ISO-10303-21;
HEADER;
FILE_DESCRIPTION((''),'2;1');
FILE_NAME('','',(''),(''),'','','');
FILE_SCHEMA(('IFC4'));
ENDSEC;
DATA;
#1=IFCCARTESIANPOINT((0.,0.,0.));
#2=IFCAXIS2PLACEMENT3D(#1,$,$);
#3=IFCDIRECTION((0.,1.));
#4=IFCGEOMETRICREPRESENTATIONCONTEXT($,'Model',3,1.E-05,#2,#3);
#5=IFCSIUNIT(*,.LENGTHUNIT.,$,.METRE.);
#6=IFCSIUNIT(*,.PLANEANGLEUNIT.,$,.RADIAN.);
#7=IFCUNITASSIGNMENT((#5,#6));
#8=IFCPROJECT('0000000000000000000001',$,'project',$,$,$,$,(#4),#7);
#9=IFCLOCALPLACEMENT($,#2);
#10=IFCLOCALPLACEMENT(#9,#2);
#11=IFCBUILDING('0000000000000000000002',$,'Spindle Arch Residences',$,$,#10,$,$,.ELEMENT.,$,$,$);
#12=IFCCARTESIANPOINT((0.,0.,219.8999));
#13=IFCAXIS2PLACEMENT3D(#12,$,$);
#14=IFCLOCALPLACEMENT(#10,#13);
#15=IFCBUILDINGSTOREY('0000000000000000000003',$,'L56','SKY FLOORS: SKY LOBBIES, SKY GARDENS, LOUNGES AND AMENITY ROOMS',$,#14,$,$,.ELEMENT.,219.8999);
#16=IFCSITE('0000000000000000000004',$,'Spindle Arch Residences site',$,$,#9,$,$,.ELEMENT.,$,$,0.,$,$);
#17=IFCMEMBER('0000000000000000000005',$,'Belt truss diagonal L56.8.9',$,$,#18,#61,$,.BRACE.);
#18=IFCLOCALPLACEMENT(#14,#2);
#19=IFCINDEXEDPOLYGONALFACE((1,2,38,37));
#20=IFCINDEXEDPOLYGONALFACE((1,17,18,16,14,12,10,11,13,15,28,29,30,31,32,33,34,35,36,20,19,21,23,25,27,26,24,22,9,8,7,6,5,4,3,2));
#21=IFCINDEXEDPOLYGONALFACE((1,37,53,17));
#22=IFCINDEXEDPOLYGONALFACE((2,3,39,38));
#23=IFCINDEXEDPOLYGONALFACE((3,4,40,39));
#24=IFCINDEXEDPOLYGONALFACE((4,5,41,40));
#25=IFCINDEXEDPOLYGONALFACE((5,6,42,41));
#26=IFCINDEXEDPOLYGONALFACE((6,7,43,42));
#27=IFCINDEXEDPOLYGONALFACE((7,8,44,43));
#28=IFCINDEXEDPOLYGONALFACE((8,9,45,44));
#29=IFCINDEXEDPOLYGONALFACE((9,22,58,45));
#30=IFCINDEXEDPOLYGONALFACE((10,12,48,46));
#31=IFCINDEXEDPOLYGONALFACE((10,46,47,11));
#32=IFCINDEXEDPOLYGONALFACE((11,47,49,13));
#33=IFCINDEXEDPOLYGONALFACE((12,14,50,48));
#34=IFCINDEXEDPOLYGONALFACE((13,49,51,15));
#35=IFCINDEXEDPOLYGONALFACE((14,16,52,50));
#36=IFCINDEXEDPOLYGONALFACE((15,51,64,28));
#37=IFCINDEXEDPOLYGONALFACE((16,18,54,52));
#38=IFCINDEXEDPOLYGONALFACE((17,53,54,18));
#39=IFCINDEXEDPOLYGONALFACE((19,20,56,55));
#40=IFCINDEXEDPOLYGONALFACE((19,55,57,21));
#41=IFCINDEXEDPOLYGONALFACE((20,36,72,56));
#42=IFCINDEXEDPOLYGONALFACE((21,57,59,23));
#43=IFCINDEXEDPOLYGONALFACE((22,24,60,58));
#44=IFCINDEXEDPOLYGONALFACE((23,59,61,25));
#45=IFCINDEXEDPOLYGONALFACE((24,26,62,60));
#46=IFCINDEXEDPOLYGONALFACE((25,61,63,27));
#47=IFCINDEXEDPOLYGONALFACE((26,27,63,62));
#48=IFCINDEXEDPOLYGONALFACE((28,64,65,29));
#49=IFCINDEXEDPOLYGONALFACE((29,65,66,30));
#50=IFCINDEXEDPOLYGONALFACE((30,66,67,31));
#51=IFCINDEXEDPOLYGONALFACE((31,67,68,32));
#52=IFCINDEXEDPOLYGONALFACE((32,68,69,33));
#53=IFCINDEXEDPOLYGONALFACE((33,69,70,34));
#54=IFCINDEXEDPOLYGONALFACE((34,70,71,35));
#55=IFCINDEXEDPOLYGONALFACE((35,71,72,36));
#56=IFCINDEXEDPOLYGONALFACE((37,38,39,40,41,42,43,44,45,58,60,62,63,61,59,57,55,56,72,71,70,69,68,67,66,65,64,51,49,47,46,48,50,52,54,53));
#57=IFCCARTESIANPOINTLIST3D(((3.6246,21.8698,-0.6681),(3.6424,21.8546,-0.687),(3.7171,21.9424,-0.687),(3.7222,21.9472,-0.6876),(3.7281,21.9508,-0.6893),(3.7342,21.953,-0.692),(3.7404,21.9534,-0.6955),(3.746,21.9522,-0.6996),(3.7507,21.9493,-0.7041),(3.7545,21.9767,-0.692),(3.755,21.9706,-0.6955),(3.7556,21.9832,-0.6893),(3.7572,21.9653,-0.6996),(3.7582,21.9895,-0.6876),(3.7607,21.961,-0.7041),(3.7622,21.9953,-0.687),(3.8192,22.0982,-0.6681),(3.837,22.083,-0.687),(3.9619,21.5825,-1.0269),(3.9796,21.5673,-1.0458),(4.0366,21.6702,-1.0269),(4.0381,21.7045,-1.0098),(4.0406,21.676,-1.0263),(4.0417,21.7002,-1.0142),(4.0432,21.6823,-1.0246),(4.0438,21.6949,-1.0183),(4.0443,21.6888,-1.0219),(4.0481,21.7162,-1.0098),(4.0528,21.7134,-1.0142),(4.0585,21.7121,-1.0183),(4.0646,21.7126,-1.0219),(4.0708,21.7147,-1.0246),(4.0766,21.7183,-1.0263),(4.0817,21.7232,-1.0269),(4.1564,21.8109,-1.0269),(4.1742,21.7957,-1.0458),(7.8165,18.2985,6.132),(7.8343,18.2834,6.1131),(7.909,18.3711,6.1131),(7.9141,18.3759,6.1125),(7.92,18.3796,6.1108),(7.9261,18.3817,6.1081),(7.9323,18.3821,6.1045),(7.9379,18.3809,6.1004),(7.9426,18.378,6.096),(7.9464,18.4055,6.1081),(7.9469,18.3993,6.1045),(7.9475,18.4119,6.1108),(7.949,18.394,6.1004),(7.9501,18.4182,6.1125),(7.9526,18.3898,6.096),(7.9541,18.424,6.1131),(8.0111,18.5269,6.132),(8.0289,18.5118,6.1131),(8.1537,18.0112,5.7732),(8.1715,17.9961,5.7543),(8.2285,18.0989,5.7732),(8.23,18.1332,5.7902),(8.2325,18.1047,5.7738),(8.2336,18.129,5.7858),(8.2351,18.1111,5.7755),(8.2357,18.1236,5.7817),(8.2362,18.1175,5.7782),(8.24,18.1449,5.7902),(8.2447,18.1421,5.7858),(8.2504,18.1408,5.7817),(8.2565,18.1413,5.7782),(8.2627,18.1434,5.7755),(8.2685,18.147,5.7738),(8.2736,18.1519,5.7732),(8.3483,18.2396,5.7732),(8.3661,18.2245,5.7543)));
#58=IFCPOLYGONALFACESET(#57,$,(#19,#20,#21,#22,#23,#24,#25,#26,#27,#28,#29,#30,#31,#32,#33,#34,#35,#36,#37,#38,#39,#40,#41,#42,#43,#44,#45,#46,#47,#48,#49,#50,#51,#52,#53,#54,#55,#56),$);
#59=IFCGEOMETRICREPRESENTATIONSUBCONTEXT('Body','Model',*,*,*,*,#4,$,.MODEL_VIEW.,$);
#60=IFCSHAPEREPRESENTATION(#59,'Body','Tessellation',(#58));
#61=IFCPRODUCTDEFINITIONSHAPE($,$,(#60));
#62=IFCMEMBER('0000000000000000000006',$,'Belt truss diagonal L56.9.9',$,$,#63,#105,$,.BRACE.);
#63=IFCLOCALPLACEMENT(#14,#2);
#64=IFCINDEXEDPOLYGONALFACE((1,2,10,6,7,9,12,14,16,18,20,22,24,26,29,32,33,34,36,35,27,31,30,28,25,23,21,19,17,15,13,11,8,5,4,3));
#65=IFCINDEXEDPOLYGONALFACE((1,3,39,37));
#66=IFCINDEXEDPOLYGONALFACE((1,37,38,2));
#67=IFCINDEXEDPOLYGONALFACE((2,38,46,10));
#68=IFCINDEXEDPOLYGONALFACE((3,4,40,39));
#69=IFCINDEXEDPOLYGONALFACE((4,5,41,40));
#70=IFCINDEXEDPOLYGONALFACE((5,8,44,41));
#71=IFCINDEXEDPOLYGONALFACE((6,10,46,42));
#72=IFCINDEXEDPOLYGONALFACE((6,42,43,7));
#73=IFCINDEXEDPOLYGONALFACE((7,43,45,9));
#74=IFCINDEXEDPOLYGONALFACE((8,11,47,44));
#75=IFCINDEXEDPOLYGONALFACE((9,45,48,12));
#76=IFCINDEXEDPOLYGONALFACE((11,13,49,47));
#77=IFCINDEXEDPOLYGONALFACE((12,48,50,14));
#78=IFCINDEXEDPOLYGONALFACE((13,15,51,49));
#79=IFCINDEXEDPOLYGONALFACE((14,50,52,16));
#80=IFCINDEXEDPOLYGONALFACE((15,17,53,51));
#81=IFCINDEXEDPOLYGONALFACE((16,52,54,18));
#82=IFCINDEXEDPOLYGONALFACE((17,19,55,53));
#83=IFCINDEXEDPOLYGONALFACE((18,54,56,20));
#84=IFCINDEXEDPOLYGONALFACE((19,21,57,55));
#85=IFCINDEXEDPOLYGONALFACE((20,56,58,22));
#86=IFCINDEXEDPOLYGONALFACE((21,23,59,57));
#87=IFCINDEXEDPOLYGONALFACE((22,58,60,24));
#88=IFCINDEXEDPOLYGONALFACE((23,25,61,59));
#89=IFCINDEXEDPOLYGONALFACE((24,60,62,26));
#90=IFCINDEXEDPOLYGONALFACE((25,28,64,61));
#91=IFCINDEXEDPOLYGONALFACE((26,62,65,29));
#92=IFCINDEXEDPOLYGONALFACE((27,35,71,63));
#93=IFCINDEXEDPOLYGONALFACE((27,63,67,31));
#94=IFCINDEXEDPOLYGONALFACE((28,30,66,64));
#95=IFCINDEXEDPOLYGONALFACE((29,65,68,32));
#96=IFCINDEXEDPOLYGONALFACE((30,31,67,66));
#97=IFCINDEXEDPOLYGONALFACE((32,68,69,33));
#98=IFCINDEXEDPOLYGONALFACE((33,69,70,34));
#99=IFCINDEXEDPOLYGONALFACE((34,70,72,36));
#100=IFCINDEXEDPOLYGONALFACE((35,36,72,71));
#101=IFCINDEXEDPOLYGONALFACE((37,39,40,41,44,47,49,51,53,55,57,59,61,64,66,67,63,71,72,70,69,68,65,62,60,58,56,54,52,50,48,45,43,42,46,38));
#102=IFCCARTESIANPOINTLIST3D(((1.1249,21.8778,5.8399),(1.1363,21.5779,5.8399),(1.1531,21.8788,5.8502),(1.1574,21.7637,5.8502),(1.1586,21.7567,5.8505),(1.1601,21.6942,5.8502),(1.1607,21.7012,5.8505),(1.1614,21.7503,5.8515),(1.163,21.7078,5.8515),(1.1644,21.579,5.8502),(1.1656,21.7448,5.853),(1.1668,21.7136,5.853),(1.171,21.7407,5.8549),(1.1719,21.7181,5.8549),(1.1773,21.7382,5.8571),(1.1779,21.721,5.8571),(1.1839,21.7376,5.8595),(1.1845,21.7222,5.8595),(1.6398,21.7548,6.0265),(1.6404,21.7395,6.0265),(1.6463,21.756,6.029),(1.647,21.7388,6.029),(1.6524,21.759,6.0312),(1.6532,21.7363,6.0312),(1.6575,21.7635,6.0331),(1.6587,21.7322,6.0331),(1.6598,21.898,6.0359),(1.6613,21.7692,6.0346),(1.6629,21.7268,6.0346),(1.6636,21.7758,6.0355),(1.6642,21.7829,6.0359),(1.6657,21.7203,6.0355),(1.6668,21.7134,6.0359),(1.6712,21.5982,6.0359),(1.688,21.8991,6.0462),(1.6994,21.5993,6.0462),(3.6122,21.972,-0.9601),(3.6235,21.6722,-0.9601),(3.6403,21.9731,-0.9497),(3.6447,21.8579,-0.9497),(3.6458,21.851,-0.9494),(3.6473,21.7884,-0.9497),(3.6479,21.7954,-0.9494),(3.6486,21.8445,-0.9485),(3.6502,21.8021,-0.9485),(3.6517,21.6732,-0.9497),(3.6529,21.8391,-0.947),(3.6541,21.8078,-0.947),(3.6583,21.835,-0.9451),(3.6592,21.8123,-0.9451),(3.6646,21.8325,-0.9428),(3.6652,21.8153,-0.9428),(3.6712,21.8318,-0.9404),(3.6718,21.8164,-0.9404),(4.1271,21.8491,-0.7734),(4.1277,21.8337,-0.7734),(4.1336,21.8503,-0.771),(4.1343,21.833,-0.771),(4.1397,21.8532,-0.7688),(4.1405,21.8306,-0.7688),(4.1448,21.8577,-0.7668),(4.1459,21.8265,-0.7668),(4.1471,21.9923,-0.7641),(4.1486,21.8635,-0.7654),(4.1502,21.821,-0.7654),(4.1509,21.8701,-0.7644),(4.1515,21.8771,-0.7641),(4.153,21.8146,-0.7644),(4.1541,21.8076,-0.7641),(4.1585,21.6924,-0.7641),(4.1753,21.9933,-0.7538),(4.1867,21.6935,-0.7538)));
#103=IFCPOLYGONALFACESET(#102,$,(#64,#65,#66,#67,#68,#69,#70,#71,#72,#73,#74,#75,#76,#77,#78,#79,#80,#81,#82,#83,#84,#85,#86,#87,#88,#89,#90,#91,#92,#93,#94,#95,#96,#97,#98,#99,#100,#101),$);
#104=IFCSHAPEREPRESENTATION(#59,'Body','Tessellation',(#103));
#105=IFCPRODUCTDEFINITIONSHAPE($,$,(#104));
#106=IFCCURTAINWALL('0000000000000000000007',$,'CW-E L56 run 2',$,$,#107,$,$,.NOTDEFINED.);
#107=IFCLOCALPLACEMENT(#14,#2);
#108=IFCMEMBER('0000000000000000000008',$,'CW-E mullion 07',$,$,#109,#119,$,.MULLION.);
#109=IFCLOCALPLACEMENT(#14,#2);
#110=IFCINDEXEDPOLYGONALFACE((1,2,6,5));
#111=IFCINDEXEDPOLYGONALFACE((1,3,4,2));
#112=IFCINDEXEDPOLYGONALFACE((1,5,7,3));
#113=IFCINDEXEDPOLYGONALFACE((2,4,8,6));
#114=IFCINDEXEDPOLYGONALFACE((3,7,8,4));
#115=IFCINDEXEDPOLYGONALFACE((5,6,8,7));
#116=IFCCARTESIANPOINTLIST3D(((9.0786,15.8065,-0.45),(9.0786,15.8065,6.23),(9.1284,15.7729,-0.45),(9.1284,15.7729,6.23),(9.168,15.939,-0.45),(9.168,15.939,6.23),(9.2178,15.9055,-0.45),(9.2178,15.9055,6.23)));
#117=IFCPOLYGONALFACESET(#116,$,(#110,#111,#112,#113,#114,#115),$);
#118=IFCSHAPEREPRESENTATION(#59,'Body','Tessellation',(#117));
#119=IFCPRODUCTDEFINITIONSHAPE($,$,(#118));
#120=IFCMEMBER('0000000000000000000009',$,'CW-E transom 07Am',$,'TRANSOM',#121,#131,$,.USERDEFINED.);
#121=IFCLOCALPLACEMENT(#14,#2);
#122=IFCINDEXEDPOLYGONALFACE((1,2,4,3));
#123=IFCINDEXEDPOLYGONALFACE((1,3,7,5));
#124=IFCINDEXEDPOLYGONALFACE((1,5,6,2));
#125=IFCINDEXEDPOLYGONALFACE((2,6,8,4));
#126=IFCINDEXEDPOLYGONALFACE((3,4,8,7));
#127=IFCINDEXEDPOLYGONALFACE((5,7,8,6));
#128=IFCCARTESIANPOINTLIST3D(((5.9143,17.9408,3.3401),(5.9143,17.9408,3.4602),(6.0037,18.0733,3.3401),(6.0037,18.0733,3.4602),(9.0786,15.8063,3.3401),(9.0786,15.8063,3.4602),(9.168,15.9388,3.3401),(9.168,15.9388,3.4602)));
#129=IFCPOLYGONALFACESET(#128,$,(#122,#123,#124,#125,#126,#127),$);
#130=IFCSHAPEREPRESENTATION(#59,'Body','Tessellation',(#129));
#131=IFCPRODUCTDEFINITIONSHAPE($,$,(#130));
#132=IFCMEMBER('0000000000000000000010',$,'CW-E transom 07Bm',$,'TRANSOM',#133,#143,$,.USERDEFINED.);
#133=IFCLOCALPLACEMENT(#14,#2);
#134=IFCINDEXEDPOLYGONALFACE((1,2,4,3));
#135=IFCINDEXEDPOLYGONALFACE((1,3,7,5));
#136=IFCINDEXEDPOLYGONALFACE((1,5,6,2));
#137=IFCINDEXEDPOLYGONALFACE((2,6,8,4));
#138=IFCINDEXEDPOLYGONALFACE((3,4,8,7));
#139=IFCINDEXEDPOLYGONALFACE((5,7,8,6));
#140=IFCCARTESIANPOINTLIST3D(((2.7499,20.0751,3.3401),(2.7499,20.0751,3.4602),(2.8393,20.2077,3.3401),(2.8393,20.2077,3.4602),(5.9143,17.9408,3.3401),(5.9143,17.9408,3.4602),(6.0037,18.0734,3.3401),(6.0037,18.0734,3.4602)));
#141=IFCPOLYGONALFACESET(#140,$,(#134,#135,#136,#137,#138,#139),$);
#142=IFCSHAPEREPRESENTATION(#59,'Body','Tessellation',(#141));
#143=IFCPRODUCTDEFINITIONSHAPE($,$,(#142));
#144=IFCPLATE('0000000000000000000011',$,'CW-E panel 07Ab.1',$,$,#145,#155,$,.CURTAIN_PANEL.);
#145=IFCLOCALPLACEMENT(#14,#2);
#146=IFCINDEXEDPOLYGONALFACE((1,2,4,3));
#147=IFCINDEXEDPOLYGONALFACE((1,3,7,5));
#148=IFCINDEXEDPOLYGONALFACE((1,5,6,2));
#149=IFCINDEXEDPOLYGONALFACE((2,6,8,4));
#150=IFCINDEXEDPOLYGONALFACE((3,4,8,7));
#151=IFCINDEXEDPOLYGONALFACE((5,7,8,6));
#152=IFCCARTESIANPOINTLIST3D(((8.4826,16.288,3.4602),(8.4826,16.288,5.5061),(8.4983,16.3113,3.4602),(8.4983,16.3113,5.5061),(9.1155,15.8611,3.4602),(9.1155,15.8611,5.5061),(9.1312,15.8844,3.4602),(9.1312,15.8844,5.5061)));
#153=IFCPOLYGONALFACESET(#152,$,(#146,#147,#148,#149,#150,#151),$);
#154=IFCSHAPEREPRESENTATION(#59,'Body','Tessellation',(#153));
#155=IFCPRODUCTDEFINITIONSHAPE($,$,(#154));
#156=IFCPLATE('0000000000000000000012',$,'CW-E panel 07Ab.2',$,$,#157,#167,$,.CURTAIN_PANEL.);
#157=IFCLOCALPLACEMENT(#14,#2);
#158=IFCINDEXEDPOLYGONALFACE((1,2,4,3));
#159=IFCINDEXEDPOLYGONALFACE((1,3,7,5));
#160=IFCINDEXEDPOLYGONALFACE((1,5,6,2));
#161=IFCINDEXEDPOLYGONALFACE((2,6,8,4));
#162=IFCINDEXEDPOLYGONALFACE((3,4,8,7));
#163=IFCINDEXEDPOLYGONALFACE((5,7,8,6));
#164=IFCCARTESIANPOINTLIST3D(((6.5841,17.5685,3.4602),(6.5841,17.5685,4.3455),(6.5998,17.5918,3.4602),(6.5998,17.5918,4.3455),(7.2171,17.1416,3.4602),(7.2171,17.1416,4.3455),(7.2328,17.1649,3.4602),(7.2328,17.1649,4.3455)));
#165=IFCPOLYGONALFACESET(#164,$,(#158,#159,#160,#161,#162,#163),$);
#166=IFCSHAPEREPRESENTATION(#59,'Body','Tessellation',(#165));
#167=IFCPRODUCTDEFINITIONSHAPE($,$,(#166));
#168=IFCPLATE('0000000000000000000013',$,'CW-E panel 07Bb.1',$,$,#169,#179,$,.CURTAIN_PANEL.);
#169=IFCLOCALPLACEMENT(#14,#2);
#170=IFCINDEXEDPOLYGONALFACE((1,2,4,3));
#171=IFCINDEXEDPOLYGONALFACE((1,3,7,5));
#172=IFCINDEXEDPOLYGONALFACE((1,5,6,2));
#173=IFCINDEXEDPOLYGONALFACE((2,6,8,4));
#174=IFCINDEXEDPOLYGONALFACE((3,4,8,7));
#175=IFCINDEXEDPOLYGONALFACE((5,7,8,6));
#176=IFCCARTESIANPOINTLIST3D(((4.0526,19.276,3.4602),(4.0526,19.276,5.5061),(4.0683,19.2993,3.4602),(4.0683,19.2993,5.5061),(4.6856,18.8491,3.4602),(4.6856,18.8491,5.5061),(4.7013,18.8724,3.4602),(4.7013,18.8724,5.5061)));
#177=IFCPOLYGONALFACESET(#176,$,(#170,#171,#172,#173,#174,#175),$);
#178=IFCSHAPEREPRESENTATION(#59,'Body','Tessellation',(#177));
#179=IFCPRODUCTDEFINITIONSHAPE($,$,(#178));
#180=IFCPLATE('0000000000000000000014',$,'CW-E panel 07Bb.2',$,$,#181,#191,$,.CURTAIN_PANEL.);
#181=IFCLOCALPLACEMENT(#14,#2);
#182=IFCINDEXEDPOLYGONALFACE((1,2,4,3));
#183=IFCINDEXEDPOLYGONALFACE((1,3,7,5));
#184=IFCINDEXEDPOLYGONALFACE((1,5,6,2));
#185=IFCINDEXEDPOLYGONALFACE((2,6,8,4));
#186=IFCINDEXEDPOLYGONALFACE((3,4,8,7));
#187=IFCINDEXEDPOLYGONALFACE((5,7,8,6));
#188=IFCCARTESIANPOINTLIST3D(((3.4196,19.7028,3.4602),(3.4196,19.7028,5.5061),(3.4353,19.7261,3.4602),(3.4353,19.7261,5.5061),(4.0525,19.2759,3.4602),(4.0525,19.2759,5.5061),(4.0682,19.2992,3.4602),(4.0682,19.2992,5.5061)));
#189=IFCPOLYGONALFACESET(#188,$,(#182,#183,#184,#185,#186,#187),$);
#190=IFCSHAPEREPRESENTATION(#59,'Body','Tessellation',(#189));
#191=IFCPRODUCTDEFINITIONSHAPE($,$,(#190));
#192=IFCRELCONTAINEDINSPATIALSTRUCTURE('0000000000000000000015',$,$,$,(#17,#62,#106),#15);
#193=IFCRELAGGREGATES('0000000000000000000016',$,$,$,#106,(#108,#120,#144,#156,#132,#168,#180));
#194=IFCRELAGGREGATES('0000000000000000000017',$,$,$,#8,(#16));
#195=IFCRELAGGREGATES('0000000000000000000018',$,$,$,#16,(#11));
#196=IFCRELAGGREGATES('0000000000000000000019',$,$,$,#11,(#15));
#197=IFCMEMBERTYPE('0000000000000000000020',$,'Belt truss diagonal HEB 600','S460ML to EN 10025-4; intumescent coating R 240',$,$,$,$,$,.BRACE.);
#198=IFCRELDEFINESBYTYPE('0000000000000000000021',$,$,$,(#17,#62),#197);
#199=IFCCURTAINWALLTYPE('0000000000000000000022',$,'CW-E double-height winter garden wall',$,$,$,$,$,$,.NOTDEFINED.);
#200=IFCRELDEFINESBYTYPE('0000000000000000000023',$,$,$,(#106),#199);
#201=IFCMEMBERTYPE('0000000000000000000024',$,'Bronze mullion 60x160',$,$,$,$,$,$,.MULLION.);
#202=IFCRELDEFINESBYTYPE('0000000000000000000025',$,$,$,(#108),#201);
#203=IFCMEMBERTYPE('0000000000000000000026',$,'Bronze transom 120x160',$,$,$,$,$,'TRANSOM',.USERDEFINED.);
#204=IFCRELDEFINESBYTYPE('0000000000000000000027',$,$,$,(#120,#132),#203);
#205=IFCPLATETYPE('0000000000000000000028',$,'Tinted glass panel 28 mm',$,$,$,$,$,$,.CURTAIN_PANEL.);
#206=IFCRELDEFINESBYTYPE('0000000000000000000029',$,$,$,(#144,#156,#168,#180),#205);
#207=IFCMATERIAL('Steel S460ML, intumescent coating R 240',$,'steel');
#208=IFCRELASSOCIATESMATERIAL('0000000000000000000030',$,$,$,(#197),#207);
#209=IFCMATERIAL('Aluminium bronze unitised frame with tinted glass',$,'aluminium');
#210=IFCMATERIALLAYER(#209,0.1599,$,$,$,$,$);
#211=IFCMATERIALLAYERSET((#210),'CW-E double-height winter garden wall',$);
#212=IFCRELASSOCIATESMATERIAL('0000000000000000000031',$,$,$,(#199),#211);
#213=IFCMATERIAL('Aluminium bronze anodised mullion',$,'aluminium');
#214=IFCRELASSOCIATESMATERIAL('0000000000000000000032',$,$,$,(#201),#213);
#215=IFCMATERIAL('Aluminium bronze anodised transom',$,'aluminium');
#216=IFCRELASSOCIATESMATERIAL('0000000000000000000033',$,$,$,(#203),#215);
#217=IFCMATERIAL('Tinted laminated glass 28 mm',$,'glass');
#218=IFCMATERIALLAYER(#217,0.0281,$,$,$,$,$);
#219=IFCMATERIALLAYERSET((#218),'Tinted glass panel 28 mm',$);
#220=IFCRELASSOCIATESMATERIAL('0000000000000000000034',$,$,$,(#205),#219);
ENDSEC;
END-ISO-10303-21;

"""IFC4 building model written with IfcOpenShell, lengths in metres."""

from ifc_helpers import new_model, si_unit, direction, frame, origin, origin_2d, place, context, subcontext, project, spatial, rectangle, i_section, extrude, material, layer, layer_set, material_profile, profile_set, type_object, element, aggregate, save


model = new_model("IFC4")

# Units and contexts
model_context = context("Model", 3, precision=1e-05, world=origin(), true_north=direction((0.0, 1.0)))
body_context = subcontext(model_context, "Body", "Model", "MODEL_VIEW")
ifc_project = project(units=[si_unit("LENGTHUNIT", "METRE"), si_unit("PLANEANGLEUNIT", "RADIAN")], contexts=[model_context])

# Site, building, storey
site_placement = place(None, origin())
site = spatial("IfcSite", under=ifc_project, at=site_placement, Name="Spindle Arch Residences site", CompositionType="ELEMENT", RefElevation=0.0)
building_placement = place(site_placement, origin())
building = spatial("IfcBuilding", under=site, at=building_placement, Name="Spindle Arch Residences", CompositionType="ELEMENT")
storey_placement = place(building_placement, frame((0.0, 0.0, 219.8999)))
storey = spatial("IfcBuildingStorey", under=building, at=storey_placement, Name="L56", Description="SKY FLOORS: SKY LOBBIES, SKY GARDENS, LOUNGES AND AMENITY ROOMS", CompositionType="ELEMENT", Elevation=219.8999)

# Members
ifc_material_1 = material(Name="Steel S460ML, intumescent coating R 240", Category="steel")
ifc_material_profile_1 = material_profile(ifc_material_1, i_section(OverallWidth=0.3, OverallDepth=0.6001, WebThickness=0.0154, FlangeThickness=0.03, FilletRadius=0.0271, at=origin_2d()), Name="HEB 600")
ifc_profile_set_1 = profile_set([ifc_material_profile_1], Name="Steel S460ML, intumescent coating R 240")
member_type_1 = type_object("IfcMemberType", Name="Belt truss diagonal HEB 600", Description="S460ML to EN 10025-4; intumescent coating R 240", PredefinedType="BRACE", material=ifc_profile_set_1)
member_1_placement = place(storey_placement, frame((3.8994, 21.8328, -0.8569), z_axis=(0.47906, -0.408136, 0.777127), x_axis=(0.64851, 0.761206, 0.0)))
element("IfcMember", 1, at=member_1_placement, inside=storey, type_object=member_type_1, Name="Belt truss diagonal L56.8.9", PredefinedType="BRACE", context=body_context, shape_type="SweptSolid", body=[
    extrude(i_section(OverallWidth=0.3, OverallDepth=0.6001, WebThickness=0.0154, FlangeThickness=0.03, FilletRadius=0.0271, at=origin_2d()), origin(), (0.0, 0.0, 1.0), 8.7502),
])
member_2_placement = place(storey_placement, frame((3.8994, 21.8328, -0.8569), z_axis=(-0.343489, -0.013014, 0.939066), x_axis=(0.037861, -0.999283, 0.0)))
element("IfcMember", 2, at=member_2_placement, inside=storey, type_object=member_type_1, Name="Belt truss diagonal L56.9.9", PredefinedType="BRACE", context=body_context, shape_type="SweptSolid", body=[
    extrude(i_section(OverallWidth=0.3, OverallDepth=0.6001, WebThickness=0.0154, FlangeThickness=0.03, FilletRadius=0.0271, at=origin_2d()), origin(), (0.0, 0.0, 1.0), 7.2412),
])

# Curtain wall, members, plates
ifc_material_2 = material(Name="Aluminium bronze unitised frame with tinted glass", Category="aluminium")
ifc_layer_1 = layer(ifc_material_2, 0.1599)
ifc_layer_set_1 = layer_set([ifc_layer_1], Name="CW-E double-height winter garden wall")
curtain_wall_type = type_object("IfcCurtainWallType", Name="CW-E double-height winter garden wall", PredefinedType="NOTDEFINED", material=ifc_layer_set_1)
curtain_wall_placement = place(storey_placement, origin())
curtain_wall = element("IfcCurtainWall", 3, at=curtain_wall_placement, inside=storey, type_object=curtain_wall_type, Name="CW-E L56 run 2", PredefinedType="NOTDEFINED")
ifc_material_3 = material(Name="Aluminium bronze anodised mullion", Category="aluminium")
ifc_material_profile_2 = material_profile(ifc_material_3, rectangle(XDim=0.1599, YDim=0.0601, at=origin_2d()), Name="MU 60x160")
ifc_profile_set_2 = profile_set([ifc_material_profile_2], Name="Aluminium bronze anodised mullion")
member_type_2 = type_object("IfcMemberType", Name="Bronze mullion 60x160", PredefinedType="MULLION", material=ifc_profile_set_2)
member_3_placement = place(storey_placement, frame((9.1482, 15.856, -0.45), z_axis=(0.0, 0.0, 1.0), x_axis=(-0.559193, -0.829038, 0.0)))
member_3 = element("IfcMember", 4, at=member_3_placement, type_object=member_type_2, Name="CW-E mullion 07", PredefinedType="MULLION", context=body_context, shape_type="SweptSolid", body=[
    extrude(rectangle(XDim=0.1599, YDim=0.0601, at=origin_2d()), origin(), (0.0, 0.0, 1.0), 6.6799),
])
ifc_material_4 = material(Name="Aluminium bronze anodised transom", Category="aluminium")
ifc_material_profile_3 = material_profile(ifc_material_4, rectangle(XDim=0.1599, YDim=0.1201, at=origin_2d()), Name="TR 120x160")
ifc_profile_set_3 = profile_set([ifc_material_profile_3], Name="Aluminium bronze anodised transom")
member_type_3 = type_object("IfcMemberType", Name="Bronze transom 120x160", ElementType="TRANSOM", PredefinedType="USERDEFINED", material=ifc_profile_set_3)
member_4_placement = place(storey_placement, frame((9.1233, 15.8726, 3.4001), z_axis=(-0.829017, 0.559223, 0.0), x_axis=(-0.559223, -0.829017, 0.0)))
member_4 = element("IfcMember", 5, at=member_4_placement, type_object=member_type_3, Name="CW-E transom 07Am", ObjectType="TRANSOM", PredefinedType="USERDEFINED", context=body_context, shape_type="SweptSolid", body=[
    extrude(rectangle(XDim=0.1599, YDim=0.1201, at=origin_2d()), origin(), (0.0, 0.0, 1.0), 3.8169),
])
member_5_placement = place(storey_placement, frame((5.959, 18.0071, 3.4001), z_axis=(-0.829047, 0.559179, 0.0), x_axis=(-0.559179, -0.829047, 0.0)))
member_5 = element("IfcMember", 6, at=member_5_placement, type_object=member_type_3, Name="CW-E transom 07Bm", ObjectType="TRANSOM", PredefinedType="USERDEFINED", context=body_context, shape_type="SweptSolid", body=[
    extrude(rectangle(XDim=0.1599, YDim=0.1201, at=origin_2d()), origin(), (0.0, 0.0, 1.0), 3.8169),
])
ifc_material_5 = material(Name="Tinted laminated glass 28 mm", Category="glass")
ifc_layer_2 = layer(ifc_material_5, 0.0281)
ifc_layer_set_2 = layer_set([ifc_layer_2], Name="Tinted glass panel 28 mm")
plate_type_1 = type_object("IfcPlateType", Name="Tinted glass panel 28 mm", PredefinedType="CURTAIN_PANEL", material=ifc_layer_set_2)
plate_1_placement = place(storey_placement, frame((8.8069, 16.0862, 3.4602), z_axis=(0.0, 0.0, 1.0), x_axis=(-0.829038, 0.559193, 0.0)))
plate_1 = element("IfcPlate", 7, at=plate_1_placement, type_object=plate_type_1, Name="CW-E panel 07Ab.1", PredefinedType="CURTAIN_PANEL", context=body_context, shape_type="SweptSolid", body=[
    extrude(rectangle(XDim=0.7634, YDim=0.0281, at=origin_2d()), origin(), (0.0, 0.0, 1.0), 2.0459),
])
plate_2_placement = place(storey_placement, frame((6.9084, 17.3667, 3.4602), z_axis=(0.0, 0.0, 1.0), x_axis=(-0.829038, 0.559193, 0.0)))
plate_2 = element("IfcPlate", 8, at=plate_2_placement, type_object=plate_type_1, Name="CW-E panel 07Ab.2", PredefinedType="CURTAIN_PANEL", context=body_context, shape_type="SweptSolid", body=[
    extrude(rectangle(XDim=0.7634, YDim=0.0281, at=origin_2d()), origin(), (0.0, 0.0, 1.0), 0.8853),
])
plate_3_placement = place(storey_placement, frame((4.377, 19.0742, 3.4602), z_axis=(0.0, 0.0, 1.0), x_axis=(-0.829038, 0.559193, 0.0)))
plate_3 = element("IfcPlate", 9, at=plate_3_placement, type_object=plate_type_1, Name="CW-E panel 07Bb.1", PredefinedType="CURTAIN_PANEL", context=body_context, shape_type="SweptSolid", body=[
    extrude(rectangle(XDim=0.7634, YDim=0.0281, at=origin_2d()), origin(), (0.0, 0.0, 1.0), 2.0459),
])
plate_4_placement = place(storey_placement, frame((3.7439, 19.501, 3.4602), z_axis=(0.0, 0.0, 1.0), x_axis=(-0.829038, 0.559193, 0.0)))
plate_4 = element("IfcPlate", 10, at=plate_4_placement, type_object=plate_type_1, Name="CW-E panel 07Bb.2", PredefinedType="CURTAIN_PANEL", context=body_context, shape_type="SweptSolid", body=[
    extrude(rectangle(XDim=0.7634, YDim=0.0281, at=origin_2d()), origin(), (0.0, 0.0, 1.0), 2.0459),
])
aggregate(curtain_wall, [member_3, member_4, plate_1, plate_2, member_5, plate_3, plate_4])

save(model, "model.ifc")
